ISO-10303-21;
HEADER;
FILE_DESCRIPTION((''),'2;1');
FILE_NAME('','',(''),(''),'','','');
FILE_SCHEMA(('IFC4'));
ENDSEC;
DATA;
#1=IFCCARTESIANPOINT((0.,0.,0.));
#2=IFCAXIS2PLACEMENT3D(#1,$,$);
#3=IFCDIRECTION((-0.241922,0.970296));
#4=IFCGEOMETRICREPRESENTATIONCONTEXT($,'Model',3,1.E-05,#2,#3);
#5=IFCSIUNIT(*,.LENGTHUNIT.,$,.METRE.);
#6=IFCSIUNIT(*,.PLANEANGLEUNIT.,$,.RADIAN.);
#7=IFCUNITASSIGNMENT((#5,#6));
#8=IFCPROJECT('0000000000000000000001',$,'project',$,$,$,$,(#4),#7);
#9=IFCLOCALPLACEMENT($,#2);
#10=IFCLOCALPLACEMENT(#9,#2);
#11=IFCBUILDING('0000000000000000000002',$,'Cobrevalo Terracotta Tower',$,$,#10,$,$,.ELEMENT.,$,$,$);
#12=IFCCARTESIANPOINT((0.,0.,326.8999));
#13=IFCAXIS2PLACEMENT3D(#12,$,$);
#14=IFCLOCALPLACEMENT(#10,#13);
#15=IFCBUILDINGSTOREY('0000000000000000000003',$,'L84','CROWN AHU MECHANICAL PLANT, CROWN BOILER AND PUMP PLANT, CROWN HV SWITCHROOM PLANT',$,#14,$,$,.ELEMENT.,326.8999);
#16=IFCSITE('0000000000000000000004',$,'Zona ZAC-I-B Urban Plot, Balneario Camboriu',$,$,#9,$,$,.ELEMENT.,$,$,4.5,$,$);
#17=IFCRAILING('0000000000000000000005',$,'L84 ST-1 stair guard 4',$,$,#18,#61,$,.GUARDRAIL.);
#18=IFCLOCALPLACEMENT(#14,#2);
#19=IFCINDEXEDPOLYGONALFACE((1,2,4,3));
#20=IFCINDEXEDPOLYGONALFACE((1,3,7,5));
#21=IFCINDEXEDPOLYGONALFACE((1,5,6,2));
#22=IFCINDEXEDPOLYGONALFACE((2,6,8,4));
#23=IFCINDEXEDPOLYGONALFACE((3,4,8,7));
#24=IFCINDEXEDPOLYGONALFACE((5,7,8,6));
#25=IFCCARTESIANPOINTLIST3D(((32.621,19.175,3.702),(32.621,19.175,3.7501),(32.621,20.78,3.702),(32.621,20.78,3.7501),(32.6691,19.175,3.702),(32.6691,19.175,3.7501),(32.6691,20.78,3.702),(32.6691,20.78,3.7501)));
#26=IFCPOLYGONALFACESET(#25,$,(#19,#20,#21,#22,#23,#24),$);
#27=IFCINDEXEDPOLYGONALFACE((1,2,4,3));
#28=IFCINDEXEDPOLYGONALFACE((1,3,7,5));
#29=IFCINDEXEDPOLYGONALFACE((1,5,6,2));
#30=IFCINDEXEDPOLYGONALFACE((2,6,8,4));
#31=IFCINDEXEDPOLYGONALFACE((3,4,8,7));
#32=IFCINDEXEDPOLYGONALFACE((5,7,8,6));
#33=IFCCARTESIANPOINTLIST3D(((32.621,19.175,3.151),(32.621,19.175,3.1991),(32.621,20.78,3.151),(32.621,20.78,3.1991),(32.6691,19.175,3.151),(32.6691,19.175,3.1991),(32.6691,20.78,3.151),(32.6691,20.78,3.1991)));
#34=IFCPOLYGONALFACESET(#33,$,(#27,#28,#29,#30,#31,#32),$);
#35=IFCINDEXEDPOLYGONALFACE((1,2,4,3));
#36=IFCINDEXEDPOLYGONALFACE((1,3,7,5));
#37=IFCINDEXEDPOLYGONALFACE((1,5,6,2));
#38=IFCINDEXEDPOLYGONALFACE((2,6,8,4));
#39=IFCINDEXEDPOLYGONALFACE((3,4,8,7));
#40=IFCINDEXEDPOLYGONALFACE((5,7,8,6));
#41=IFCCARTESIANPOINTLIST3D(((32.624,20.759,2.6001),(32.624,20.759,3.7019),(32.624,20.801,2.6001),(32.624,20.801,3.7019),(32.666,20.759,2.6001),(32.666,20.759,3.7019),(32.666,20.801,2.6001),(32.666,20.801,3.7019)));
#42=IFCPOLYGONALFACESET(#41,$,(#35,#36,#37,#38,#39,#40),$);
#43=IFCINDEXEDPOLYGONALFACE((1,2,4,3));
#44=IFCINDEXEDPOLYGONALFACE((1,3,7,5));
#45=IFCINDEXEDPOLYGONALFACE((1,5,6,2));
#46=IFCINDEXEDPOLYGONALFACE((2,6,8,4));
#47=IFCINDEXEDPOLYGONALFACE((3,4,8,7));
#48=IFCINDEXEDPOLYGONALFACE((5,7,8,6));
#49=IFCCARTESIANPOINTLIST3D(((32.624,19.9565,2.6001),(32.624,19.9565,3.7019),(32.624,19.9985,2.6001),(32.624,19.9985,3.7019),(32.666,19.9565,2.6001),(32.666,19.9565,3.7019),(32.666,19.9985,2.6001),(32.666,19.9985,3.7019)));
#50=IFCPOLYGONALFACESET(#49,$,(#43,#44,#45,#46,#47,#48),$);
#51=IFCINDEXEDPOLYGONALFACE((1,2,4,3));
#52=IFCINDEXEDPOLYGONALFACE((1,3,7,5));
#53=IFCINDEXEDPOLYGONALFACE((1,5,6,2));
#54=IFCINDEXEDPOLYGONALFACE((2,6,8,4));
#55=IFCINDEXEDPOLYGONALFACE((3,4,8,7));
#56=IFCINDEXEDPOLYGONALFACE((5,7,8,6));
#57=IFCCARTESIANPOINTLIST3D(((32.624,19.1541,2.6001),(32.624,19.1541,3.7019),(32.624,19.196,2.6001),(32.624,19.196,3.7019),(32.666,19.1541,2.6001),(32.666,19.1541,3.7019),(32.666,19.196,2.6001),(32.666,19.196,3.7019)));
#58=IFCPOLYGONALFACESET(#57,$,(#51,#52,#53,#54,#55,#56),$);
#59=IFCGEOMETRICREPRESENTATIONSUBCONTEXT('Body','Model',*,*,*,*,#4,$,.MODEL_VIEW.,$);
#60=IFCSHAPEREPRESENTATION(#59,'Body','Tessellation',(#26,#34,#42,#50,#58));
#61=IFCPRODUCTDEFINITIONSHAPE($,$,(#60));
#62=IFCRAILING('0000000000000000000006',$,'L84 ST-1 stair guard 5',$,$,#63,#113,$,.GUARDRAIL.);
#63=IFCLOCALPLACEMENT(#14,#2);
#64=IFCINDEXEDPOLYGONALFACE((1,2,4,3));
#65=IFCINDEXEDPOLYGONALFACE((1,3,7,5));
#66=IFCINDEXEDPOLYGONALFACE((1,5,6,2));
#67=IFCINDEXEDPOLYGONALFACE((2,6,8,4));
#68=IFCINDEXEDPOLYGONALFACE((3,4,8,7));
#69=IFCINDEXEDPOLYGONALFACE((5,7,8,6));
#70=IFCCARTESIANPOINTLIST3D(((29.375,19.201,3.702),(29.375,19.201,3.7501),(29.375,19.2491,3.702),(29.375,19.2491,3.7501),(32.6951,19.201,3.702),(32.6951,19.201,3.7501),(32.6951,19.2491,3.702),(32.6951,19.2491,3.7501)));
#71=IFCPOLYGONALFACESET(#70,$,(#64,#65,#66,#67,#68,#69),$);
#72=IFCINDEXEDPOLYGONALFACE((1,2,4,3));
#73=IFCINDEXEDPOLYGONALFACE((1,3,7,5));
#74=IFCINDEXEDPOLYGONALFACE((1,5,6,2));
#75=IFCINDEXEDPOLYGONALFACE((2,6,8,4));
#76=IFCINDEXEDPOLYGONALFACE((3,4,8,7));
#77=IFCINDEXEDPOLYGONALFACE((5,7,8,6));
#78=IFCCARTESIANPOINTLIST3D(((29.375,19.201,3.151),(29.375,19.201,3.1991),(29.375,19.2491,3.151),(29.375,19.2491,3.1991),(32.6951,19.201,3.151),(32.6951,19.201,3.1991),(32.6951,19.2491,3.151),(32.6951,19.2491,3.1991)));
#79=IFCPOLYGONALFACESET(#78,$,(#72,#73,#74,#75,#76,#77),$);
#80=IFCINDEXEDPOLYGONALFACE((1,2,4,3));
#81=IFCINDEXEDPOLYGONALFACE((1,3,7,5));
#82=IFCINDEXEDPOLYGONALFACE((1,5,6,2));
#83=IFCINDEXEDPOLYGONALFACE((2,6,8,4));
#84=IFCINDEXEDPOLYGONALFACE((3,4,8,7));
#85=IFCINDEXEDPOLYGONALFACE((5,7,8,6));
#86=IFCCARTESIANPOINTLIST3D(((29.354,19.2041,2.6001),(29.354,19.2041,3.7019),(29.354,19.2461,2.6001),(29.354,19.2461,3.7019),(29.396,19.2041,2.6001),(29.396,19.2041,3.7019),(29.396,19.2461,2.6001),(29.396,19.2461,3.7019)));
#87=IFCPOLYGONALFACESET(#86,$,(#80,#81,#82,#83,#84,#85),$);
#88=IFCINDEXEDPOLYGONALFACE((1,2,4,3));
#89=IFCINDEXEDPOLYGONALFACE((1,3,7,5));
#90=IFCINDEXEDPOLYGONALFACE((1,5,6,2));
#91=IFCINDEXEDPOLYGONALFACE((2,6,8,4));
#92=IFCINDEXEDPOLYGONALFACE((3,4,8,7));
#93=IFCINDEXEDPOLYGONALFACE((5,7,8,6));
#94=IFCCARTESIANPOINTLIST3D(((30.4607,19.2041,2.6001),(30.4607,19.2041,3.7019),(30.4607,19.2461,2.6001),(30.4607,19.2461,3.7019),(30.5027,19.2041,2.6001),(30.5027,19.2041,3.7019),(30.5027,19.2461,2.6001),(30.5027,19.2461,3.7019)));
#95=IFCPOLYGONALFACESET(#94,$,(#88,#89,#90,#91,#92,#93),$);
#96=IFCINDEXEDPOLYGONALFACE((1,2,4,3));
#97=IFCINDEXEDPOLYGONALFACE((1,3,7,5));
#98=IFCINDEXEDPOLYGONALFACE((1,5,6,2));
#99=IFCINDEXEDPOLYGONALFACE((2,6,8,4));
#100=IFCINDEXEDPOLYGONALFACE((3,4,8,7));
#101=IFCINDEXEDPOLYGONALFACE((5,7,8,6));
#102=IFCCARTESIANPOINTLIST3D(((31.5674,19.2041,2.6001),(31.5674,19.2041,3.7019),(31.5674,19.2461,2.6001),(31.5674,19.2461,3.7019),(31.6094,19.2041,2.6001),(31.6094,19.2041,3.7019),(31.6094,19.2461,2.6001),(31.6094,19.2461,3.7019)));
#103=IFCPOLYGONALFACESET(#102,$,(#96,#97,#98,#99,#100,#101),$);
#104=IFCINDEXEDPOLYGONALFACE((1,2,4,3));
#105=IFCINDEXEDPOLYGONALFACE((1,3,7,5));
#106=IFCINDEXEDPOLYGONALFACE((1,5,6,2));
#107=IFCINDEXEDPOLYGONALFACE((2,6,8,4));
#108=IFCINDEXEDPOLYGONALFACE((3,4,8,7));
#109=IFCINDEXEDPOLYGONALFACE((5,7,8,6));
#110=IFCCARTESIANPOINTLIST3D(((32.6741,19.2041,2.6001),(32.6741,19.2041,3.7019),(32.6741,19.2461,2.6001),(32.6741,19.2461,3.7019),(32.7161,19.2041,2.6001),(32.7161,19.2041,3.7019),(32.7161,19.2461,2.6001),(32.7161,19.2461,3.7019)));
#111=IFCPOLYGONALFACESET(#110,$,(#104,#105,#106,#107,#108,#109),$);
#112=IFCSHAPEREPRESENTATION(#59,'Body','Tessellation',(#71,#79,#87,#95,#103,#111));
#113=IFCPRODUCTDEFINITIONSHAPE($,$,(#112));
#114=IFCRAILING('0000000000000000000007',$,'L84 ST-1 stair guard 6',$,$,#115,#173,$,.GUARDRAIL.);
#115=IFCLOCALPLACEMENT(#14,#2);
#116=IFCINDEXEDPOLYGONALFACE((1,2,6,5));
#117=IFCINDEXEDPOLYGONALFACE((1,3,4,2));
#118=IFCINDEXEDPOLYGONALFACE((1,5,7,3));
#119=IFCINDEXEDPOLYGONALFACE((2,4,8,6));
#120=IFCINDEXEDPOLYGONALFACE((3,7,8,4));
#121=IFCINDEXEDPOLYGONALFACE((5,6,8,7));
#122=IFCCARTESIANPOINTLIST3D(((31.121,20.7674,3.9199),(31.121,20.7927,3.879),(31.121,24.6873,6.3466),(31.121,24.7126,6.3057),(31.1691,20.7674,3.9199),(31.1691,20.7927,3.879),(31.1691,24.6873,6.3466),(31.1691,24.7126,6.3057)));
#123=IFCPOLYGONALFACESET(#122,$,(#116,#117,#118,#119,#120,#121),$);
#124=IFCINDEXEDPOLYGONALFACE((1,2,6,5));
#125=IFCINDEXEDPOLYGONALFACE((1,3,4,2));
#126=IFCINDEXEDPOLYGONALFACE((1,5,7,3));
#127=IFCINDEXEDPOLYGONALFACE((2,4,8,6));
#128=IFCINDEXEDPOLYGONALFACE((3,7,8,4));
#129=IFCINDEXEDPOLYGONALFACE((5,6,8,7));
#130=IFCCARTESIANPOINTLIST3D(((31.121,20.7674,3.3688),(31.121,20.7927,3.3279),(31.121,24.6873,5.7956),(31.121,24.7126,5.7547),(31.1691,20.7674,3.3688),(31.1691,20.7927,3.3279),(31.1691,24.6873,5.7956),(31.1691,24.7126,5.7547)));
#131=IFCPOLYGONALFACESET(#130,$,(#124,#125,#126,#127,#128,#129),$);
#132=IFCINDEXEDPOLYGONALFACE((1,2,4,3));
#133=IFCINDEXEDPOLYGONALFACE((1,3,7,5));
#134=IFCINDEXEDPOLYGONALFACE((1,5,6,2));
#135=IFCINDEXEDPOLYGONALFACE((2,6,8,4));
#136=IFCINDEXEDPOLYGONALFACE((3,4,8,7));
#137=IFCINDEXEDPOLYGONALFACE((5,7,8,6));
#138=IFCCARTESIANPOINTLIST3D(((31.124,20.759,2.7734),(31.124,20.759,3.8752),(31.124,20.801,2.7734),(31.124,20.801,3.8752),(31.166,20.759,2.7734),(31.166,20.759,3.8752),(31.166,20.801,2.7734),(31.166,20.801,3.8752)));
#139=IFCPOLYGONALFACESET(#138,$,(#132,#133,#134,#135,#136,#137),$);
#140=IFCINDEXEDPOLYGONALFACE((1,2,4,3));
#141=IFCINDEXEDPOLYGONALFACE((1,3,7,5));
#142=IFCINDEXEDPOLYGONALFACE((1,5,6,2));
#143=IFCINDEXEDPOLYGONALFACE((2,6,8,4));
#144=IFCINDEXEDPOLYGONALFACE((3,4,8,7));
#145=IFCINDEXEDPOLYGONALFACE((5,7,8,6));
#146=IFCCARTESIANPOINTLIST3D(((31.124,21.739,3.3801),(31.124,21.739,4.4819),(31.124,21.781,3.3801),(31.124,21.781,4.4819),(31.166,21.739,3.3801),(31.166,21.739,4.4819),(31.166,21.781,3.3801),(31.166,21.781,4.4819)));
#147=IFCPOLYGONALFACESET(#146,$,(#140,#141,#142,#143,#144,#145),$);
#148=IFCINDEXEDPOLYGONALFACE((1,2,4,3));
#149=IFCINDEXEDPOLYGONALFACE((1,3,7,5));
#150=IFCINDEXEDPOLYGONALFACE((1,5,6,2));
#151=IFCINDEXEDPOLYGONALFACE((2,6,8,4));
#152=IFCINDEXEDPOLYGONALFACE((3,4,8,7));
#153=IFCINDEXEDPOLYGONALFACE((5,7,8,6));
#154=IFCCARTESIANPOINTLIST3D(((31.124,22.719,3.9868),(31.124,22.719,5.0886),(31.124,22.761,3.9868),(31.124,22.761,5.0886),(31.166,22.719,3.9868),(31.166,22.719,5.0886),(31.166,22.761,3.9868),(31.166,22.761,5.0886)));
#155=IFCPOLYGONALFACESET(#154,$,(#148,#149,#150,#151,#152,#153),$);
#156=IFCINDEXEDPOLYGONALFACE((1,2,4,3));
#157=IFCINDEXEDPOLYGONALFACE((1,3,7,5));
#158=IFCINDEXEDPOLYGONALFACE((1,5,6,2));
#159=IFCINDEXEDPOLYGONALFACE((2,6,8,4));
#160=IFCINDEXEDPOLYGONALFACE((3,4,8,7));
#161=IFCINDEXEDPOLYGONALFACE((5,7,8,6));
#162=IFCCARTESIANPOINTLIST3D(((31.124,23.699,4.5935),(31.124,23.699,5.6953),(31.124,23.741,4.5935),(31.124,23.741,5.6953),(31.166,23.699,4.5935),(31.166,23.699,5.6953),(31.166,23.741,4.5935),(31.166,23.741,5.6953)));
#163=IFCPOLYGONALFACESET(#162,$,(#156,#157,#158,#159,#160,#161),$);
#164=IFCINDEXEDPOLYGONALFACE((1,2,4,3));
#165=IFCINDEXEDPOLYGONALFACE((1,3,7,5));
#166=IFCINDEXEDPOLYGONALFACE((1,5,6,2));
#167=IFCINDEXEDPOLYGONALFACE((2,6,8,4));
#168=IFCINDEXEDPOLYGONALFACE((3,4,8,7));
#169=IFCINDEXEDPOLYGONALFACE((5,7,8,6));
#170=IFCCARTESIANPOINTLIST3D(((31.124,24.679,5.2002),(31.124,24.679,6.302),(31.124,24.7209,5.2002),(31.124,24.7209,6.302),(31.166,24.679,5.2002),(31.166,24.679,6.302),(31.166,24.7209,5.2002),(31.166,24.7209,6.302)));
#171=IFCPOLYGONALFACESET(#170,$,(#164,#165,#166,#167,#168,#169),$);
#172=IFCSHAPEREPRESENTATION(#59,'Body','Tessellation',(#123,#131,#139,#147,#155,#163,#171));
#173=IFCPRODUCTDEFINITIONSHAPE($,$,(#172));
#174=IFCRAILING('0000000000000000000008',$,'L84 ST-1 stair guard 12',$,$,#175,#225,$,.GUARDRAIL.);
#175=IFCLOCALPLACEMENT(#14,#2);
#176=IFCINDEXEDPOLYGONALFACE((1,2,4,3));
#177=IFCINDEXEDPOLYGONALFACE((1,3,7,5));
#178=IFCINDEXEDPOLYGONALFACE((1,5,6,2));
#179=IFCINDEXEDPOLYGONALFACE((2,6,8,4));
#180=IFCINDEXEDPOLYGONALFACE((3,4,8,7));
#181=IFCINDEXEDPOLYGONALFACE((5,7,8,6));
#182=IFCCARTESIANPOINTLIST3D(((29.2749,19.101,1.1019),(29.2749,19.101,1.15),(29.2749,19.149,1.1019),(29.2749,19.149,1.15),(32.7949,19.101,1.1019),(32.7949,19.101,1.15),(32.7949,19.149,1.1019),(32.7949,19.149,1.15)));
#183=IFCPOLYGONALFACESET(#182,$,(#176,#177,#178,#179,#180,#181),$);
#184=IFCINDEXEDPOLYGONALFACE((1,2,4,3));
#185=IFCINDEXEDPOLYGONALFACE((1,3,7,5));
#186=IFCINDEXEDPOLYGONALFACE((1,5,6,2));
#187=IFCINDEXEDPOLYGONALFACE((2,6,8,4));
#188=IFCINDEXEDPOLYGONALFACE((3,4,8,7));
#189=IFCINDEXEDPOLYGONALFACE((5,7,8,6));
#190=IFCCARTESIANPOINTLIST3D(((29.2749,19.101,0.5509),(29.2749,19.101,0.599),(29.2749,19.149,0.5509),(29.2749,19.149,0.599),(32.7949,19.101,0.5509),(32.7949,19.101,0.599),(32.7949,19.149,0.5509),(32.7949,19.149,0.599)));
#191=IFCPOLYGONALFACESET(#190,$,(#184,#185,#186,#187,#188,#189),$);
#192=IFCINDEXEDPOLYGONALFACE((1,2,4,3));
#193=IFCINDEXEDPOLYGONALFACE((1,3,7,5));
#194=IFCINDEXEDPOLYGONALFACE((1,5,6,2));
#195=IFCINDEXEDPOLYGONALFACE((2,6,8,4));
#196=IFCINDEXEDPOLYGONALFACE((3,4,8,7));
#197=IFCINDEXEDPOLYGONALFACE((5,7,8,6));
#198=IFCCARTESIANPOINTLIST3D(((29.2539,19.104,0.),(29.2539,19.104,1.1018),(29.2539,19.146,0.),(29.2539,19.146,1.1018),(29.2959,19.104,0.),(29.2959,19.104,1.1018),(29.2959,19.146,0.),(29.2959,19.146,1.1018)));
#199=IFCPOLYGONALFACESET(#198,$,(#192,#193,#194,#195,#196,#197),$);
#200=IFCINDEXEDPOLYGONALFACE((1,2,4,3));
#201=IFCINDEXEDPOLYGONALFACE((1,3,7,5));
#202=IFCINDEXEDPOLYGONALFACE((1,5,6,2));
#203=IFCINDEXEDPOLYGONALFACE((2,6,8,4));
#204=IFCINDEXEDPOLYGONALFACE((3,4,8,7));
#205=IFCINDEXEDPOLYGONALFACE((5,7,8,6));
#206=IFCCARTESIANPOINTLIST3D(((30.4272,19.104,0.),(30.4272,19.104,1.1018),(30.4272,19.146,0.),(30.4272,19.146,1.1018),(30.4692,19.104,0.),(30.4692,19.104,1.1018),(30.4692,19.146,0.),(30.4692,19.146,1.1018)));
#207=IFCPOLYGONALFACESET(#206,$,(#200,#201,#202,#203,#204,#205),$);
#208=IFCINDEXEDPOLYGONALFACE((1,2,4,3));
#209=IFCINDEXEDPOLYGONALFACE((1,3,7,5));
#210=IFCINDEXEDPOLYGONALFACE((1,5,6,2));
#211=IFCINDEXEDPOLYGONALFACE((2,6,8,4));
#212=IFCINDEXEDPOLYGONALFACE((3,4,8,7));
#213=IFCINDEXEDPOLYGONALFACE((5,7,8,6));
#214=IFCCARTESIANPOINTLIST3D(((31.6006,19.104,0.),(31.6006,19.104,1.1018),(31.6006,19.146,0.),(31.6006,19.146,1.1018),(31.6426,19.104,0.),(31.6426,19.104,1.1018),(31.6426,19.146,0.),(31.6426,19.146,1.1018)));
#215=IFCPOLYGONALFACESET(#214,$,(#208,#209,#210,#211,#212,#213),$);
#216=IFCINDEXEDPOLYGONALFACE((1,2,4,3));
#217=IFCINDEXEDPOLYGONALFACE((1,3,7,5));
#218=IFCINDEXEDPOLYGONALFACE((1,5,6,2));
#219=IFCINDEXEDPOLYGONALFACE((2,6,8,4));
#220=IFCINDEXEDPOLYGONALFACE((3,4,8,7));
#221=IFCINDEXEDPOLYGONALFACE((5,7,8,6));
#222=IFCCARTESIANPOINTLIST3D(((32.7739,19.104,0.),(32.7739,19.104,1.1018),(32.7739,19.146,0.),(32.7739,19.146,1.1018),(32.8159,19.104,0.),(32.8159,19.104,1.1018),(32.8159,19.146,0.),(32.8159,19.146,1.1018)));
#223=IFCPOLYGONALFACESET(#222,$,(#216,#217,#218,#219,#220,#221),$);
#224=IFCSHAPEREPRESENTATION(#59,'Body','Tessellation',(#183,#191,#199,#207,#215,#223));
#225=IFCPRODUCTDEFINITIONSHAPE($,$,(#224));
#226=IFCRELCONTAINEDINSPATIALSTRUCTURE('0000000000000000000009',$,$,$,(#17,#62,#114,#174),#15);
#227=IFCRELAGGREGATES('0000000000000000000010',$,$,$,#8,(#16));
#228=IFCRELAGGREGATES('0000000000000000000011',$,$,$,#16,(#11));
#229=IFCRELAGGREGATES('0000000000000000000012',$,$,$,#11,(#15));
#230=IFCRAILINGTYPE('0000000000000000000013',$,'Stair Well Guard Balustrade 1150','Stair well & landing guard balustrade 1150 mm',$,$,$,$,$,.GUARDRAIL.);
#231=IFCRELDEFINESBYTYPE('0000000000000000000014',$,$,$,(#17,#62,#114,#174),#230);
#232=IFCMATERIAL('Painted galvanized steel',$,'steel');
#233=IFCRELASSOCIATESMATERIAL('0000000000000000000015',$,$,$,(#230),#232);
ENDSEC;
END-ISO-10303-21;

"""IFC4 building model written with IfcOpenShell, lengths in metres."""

from ifc_helpers import new_model, si_unit, direction, frame, origin, origin_2d, place, context, subcontext, project, spatial, rectangle, extrude, material, type_object, element, save


model = new_model("IFC4")

# Units and contexts
model_context = context("Model", 3, precision=1e-05, world=origin(), true_north=direction((-0.241922, 0.970296)))
body_context = subcontext(model_context, "Body", "Model", "MODEL_VIEW")
ifc_project = project(units=[si_unit("LENGTHUNIT", "METRE"), si_unit("PLANEANGLEUNIT", "RADIAN")], contexts=[model_context])

# Site, building, storey
site_placement = place(None, origin())
site = spatial("IfcSite", under=ifc_project, at=site_placement, Name="Zona ZAC-I-B Urban Plot, Balneario Camboriu", CompositionType="ELEMENT", RefElevation=4.5)
building_placement = place(site_placement, origin())
building = spatial("IfcBuilding", under=site, at=building_placement, Name="Cobrevalo Terracotta Tower", CompositionType="ELEMENT")
storey_placement = place(building_placement, frame((0.0, 0.0, 326.8999)))
storey = spatial("IfcBuildingStorey", under=building, at=storey_placement, Name="L84", Description="CROWN AHU MECHANICAL PLANT, CROWN BOILER AND PUMP PLANT, CROWN HV SWITCHROOM PLANT", CompositionType="ELEMENT", Elevation=326.8999)

# Railings
ifc_material_1 = material(Name="Painted galvanized steel", Category="steel")
railing_type_1 = type_object("IfcRailingType", Name="Stair Well Guard Balustrade 1150", Description="Stair well & landing guard balustrade 1150 mm", PredefinedType="GUARDRAIL", material=ifc_material_1)
for number, where, name in (
    (1, (32.645, 20.78, 2.6001), "L84 ST-1 stair guard 4"),
):
    element("IfcRailing", number, at=place(storey_placement, frame(where)), inside=storey, type_object=railing_type_1, Name=name, PredefinedType="GUARDRAIL", context=body_context, shape_type="SweptSolid", body=[
        extrude(rectangle(XDim=0.0481, YDim=0.0481, at=origin_2d()), frame((0.0, 0.0, 1.126), z_axis=(0.0, -1.0, 0.0), x_axis=(1.0, 0.0, 0.0)), (0.0, 0.0, 1.0), 1.605),
        extrude(rectangle(XDim=0.0481, YDim=0.0481, at=origin_2d()), frame((0.0, 0.0, 0.575), z_axis=(0.0, -1.0, 0.0), x_axis=(1.0, 0.0, 0.0)), (0.0, 0.0, 1.0), 1.605),
        extrude(rectangle(XDim=0.042, YDim=0.042, at=origin_2d()), origin(), (0.0, 0.0, 1.0), 1.1018),
        extrude(rectangle(XDim=0.042, YDim=0.042, at=origin_2d()), frame((0.0, -0.8025, 0.0)), (0.0, 0.0, 1.0), 1.1018),
        extrude(rectangle(XDim=0.042, YDim=0.042, at=origin_2d()), frame((0.0, -1.605, 0.0)), (0.0, 0.0, 1.0), 1.1018),
    ])
railing_1_placement = place(storey_placement, frame((29.375, 19.2251, 2.6001)))
element("IfcRailing", 2, at=railing_1_placement, inside=storey, type_object=railing_type_1, Name="L84 ST-1 stair guard 5", PredefinedType="GUARDRAIL", context=body_context, shape_type="SweptSolid", body=[
    extrude(rectangle(XDim=0.0481, YDim=0.0481, at=origin_2d()), frame((0.0, 0.0, 1.126), z_axis=(1.0, 0.0, 0.0), x_axis=(0.0, 1.0, 0.0)), (0.0, 0.0, 1.0), 3.3201),
    extrude(rectangle(XDim=0.0481, YDim=0.0481, at=origin_2d()), frame((0.0, 0.0, 0.575), z_axis=(1.0, 0.0, 0.0), x_axis=(0.0, 1.0, 0.0)), (0.0, 0.0, 1.0), 3.3201),
    extrude(rectangle(XDim=0.042, YDim=0.042, at=origin_2d()), origin(), (0.0, 0.0, 1.0), 1.1018),
    extrude(rectangle(XDim=0.042, YDim=0.042, at=origin_2d()), frame((1.1067, 0.0, 0.0)), (0.0, 0.0, 1.0), 1.1018),
    extrude(rectangle(XDim=0.042, YDim=0.042, at=origin_2d()), frame((2.2134, 0.0, 0.0)), (0.0, 0.0, 1.0), 1.1018),
    extrude(rectangle(XDim=0.042, YDim=0.042, at=origin_2d()), frame((3.3201, 0.0, 0.0)), (0.0, 0.0, 1.0), 1.1018),
])
railing_2_placement = place(storey_placement, frame((31.145, 20.78, 2.7734)))
element("IfcRailing", 3, at=railing_2_placement, inside=storey, type_object=railing_type_1, Name="L84 ST-1 stair guard 6", PredefinedType="GUARDRAIL", context=body_context, shape_type="SweptSolid", body=[
    extrude(rectangle(XDim=0.0481, YDim=0.0481, at=origin_2d()), frame((0.0, 0.0, 1.126), z_axis=(0.0, 0.850252, 0.526376), x_axis=(-1.0, 0.0, 0.0)), (0.0, 0.0, 1.0), 4.6104),
    extrude(rectangle(XDim=0.0481, YDim=0.0481, at=origin_2d()), frame((0.0, 0.0, 0.575), z_axis=(0.0, 0.850252, 0.526376), x_axis=(-1.0, 0.0, 0.0)), (0.0, 0.0, 1.0), 4.6104),
    extrude(rectangle(XDim=0.042, YDim=0.042, at=origin_2d()), origin(), (0.0, 0.0, 1.0), 1.1018),
    extrude(rectangle(XDim=0.042, YDim=0.042, at=origin_2d()), frame((0.0, 0.98, 0.6067)), (0.0, 0.0, 1.0), 1.1018),
    extrude(rectangle(XDim=0.042, YDim=0.042, at=origin_2d()), frame((0.0, 1.96, 1.2134)), (0.0, 0.0, 1.0), 1.1018),
    extrude(rectangle(XDim=0.042, YDim=0.042, at=origin_2d()), frame((0.0, 2.9399, 1.8201)), (0.0, 0.0, 1.0), 1.1018),
    extrude(rectangle(XDim=0.042, YDim=0.042, at=origin_2d()), frame((0.0, 3.9199, 2.4268)), (0.0, 0.0, 1.0), 1.1018),
])
railing_3_placement = place(storey_placement, frame((29.2749, 19.125, 0.0)))
element("IfcRailing", 4, at=railing_3_placement, inside=storey, type_object=railing_type_1, Name="L84 ST-1 stair guard 12", PredefinedType="GUARDRAIL", context=body_context, shape_type="SweptSolid", body=[
    extrude(rectangle(XDim=0.0481, YDim=0.0481, at=origin_2d()), frame((0.0, 0.0, 1.126), z_axis=(1.0, 0.0, 0.0), x_axis=(0.0, 1.0, 0.0)), (0.0, 0.0, 1.0), 3.52),
    extrude(rectangle(XDim=0.0481, YDim=0.0481, at=origin_2d()), frame((0.0, 0.0, 0.575), z_axis=(1.0, 0.0, 0.0), x_axis=(0.0, 1.0, 0.0)), (0.0, 0.0, 1.0), 3.52),
    extrude(rectangle(XDim=0.042, YDim=0.042, at=origin_2d()), origin(), (0.0, 0.0, 1.0), 1.1018),
    extrude(rectangle(XDim=0.042, YDim=0.042, at=origin_2d()), frame((1.1733, 0.0, 0.0)), (0.0, 0.0, 1.0), 1.1018),
    extrude(rectangle(XDim=0.042, YDim=0.042, at=origin_2d()), frame((2.3467, 0.0, 0.0)), (0.0, 0.0, 1.0), 1.1018),
    extrude(rectangle(XDim=0.042, YDim=0.042, at=origin_2d()), frame((3.52, 0.0, 0.0)), (0.0, 0.0, 1.0), 1.1018),
])

save(model, "model.ifc")
